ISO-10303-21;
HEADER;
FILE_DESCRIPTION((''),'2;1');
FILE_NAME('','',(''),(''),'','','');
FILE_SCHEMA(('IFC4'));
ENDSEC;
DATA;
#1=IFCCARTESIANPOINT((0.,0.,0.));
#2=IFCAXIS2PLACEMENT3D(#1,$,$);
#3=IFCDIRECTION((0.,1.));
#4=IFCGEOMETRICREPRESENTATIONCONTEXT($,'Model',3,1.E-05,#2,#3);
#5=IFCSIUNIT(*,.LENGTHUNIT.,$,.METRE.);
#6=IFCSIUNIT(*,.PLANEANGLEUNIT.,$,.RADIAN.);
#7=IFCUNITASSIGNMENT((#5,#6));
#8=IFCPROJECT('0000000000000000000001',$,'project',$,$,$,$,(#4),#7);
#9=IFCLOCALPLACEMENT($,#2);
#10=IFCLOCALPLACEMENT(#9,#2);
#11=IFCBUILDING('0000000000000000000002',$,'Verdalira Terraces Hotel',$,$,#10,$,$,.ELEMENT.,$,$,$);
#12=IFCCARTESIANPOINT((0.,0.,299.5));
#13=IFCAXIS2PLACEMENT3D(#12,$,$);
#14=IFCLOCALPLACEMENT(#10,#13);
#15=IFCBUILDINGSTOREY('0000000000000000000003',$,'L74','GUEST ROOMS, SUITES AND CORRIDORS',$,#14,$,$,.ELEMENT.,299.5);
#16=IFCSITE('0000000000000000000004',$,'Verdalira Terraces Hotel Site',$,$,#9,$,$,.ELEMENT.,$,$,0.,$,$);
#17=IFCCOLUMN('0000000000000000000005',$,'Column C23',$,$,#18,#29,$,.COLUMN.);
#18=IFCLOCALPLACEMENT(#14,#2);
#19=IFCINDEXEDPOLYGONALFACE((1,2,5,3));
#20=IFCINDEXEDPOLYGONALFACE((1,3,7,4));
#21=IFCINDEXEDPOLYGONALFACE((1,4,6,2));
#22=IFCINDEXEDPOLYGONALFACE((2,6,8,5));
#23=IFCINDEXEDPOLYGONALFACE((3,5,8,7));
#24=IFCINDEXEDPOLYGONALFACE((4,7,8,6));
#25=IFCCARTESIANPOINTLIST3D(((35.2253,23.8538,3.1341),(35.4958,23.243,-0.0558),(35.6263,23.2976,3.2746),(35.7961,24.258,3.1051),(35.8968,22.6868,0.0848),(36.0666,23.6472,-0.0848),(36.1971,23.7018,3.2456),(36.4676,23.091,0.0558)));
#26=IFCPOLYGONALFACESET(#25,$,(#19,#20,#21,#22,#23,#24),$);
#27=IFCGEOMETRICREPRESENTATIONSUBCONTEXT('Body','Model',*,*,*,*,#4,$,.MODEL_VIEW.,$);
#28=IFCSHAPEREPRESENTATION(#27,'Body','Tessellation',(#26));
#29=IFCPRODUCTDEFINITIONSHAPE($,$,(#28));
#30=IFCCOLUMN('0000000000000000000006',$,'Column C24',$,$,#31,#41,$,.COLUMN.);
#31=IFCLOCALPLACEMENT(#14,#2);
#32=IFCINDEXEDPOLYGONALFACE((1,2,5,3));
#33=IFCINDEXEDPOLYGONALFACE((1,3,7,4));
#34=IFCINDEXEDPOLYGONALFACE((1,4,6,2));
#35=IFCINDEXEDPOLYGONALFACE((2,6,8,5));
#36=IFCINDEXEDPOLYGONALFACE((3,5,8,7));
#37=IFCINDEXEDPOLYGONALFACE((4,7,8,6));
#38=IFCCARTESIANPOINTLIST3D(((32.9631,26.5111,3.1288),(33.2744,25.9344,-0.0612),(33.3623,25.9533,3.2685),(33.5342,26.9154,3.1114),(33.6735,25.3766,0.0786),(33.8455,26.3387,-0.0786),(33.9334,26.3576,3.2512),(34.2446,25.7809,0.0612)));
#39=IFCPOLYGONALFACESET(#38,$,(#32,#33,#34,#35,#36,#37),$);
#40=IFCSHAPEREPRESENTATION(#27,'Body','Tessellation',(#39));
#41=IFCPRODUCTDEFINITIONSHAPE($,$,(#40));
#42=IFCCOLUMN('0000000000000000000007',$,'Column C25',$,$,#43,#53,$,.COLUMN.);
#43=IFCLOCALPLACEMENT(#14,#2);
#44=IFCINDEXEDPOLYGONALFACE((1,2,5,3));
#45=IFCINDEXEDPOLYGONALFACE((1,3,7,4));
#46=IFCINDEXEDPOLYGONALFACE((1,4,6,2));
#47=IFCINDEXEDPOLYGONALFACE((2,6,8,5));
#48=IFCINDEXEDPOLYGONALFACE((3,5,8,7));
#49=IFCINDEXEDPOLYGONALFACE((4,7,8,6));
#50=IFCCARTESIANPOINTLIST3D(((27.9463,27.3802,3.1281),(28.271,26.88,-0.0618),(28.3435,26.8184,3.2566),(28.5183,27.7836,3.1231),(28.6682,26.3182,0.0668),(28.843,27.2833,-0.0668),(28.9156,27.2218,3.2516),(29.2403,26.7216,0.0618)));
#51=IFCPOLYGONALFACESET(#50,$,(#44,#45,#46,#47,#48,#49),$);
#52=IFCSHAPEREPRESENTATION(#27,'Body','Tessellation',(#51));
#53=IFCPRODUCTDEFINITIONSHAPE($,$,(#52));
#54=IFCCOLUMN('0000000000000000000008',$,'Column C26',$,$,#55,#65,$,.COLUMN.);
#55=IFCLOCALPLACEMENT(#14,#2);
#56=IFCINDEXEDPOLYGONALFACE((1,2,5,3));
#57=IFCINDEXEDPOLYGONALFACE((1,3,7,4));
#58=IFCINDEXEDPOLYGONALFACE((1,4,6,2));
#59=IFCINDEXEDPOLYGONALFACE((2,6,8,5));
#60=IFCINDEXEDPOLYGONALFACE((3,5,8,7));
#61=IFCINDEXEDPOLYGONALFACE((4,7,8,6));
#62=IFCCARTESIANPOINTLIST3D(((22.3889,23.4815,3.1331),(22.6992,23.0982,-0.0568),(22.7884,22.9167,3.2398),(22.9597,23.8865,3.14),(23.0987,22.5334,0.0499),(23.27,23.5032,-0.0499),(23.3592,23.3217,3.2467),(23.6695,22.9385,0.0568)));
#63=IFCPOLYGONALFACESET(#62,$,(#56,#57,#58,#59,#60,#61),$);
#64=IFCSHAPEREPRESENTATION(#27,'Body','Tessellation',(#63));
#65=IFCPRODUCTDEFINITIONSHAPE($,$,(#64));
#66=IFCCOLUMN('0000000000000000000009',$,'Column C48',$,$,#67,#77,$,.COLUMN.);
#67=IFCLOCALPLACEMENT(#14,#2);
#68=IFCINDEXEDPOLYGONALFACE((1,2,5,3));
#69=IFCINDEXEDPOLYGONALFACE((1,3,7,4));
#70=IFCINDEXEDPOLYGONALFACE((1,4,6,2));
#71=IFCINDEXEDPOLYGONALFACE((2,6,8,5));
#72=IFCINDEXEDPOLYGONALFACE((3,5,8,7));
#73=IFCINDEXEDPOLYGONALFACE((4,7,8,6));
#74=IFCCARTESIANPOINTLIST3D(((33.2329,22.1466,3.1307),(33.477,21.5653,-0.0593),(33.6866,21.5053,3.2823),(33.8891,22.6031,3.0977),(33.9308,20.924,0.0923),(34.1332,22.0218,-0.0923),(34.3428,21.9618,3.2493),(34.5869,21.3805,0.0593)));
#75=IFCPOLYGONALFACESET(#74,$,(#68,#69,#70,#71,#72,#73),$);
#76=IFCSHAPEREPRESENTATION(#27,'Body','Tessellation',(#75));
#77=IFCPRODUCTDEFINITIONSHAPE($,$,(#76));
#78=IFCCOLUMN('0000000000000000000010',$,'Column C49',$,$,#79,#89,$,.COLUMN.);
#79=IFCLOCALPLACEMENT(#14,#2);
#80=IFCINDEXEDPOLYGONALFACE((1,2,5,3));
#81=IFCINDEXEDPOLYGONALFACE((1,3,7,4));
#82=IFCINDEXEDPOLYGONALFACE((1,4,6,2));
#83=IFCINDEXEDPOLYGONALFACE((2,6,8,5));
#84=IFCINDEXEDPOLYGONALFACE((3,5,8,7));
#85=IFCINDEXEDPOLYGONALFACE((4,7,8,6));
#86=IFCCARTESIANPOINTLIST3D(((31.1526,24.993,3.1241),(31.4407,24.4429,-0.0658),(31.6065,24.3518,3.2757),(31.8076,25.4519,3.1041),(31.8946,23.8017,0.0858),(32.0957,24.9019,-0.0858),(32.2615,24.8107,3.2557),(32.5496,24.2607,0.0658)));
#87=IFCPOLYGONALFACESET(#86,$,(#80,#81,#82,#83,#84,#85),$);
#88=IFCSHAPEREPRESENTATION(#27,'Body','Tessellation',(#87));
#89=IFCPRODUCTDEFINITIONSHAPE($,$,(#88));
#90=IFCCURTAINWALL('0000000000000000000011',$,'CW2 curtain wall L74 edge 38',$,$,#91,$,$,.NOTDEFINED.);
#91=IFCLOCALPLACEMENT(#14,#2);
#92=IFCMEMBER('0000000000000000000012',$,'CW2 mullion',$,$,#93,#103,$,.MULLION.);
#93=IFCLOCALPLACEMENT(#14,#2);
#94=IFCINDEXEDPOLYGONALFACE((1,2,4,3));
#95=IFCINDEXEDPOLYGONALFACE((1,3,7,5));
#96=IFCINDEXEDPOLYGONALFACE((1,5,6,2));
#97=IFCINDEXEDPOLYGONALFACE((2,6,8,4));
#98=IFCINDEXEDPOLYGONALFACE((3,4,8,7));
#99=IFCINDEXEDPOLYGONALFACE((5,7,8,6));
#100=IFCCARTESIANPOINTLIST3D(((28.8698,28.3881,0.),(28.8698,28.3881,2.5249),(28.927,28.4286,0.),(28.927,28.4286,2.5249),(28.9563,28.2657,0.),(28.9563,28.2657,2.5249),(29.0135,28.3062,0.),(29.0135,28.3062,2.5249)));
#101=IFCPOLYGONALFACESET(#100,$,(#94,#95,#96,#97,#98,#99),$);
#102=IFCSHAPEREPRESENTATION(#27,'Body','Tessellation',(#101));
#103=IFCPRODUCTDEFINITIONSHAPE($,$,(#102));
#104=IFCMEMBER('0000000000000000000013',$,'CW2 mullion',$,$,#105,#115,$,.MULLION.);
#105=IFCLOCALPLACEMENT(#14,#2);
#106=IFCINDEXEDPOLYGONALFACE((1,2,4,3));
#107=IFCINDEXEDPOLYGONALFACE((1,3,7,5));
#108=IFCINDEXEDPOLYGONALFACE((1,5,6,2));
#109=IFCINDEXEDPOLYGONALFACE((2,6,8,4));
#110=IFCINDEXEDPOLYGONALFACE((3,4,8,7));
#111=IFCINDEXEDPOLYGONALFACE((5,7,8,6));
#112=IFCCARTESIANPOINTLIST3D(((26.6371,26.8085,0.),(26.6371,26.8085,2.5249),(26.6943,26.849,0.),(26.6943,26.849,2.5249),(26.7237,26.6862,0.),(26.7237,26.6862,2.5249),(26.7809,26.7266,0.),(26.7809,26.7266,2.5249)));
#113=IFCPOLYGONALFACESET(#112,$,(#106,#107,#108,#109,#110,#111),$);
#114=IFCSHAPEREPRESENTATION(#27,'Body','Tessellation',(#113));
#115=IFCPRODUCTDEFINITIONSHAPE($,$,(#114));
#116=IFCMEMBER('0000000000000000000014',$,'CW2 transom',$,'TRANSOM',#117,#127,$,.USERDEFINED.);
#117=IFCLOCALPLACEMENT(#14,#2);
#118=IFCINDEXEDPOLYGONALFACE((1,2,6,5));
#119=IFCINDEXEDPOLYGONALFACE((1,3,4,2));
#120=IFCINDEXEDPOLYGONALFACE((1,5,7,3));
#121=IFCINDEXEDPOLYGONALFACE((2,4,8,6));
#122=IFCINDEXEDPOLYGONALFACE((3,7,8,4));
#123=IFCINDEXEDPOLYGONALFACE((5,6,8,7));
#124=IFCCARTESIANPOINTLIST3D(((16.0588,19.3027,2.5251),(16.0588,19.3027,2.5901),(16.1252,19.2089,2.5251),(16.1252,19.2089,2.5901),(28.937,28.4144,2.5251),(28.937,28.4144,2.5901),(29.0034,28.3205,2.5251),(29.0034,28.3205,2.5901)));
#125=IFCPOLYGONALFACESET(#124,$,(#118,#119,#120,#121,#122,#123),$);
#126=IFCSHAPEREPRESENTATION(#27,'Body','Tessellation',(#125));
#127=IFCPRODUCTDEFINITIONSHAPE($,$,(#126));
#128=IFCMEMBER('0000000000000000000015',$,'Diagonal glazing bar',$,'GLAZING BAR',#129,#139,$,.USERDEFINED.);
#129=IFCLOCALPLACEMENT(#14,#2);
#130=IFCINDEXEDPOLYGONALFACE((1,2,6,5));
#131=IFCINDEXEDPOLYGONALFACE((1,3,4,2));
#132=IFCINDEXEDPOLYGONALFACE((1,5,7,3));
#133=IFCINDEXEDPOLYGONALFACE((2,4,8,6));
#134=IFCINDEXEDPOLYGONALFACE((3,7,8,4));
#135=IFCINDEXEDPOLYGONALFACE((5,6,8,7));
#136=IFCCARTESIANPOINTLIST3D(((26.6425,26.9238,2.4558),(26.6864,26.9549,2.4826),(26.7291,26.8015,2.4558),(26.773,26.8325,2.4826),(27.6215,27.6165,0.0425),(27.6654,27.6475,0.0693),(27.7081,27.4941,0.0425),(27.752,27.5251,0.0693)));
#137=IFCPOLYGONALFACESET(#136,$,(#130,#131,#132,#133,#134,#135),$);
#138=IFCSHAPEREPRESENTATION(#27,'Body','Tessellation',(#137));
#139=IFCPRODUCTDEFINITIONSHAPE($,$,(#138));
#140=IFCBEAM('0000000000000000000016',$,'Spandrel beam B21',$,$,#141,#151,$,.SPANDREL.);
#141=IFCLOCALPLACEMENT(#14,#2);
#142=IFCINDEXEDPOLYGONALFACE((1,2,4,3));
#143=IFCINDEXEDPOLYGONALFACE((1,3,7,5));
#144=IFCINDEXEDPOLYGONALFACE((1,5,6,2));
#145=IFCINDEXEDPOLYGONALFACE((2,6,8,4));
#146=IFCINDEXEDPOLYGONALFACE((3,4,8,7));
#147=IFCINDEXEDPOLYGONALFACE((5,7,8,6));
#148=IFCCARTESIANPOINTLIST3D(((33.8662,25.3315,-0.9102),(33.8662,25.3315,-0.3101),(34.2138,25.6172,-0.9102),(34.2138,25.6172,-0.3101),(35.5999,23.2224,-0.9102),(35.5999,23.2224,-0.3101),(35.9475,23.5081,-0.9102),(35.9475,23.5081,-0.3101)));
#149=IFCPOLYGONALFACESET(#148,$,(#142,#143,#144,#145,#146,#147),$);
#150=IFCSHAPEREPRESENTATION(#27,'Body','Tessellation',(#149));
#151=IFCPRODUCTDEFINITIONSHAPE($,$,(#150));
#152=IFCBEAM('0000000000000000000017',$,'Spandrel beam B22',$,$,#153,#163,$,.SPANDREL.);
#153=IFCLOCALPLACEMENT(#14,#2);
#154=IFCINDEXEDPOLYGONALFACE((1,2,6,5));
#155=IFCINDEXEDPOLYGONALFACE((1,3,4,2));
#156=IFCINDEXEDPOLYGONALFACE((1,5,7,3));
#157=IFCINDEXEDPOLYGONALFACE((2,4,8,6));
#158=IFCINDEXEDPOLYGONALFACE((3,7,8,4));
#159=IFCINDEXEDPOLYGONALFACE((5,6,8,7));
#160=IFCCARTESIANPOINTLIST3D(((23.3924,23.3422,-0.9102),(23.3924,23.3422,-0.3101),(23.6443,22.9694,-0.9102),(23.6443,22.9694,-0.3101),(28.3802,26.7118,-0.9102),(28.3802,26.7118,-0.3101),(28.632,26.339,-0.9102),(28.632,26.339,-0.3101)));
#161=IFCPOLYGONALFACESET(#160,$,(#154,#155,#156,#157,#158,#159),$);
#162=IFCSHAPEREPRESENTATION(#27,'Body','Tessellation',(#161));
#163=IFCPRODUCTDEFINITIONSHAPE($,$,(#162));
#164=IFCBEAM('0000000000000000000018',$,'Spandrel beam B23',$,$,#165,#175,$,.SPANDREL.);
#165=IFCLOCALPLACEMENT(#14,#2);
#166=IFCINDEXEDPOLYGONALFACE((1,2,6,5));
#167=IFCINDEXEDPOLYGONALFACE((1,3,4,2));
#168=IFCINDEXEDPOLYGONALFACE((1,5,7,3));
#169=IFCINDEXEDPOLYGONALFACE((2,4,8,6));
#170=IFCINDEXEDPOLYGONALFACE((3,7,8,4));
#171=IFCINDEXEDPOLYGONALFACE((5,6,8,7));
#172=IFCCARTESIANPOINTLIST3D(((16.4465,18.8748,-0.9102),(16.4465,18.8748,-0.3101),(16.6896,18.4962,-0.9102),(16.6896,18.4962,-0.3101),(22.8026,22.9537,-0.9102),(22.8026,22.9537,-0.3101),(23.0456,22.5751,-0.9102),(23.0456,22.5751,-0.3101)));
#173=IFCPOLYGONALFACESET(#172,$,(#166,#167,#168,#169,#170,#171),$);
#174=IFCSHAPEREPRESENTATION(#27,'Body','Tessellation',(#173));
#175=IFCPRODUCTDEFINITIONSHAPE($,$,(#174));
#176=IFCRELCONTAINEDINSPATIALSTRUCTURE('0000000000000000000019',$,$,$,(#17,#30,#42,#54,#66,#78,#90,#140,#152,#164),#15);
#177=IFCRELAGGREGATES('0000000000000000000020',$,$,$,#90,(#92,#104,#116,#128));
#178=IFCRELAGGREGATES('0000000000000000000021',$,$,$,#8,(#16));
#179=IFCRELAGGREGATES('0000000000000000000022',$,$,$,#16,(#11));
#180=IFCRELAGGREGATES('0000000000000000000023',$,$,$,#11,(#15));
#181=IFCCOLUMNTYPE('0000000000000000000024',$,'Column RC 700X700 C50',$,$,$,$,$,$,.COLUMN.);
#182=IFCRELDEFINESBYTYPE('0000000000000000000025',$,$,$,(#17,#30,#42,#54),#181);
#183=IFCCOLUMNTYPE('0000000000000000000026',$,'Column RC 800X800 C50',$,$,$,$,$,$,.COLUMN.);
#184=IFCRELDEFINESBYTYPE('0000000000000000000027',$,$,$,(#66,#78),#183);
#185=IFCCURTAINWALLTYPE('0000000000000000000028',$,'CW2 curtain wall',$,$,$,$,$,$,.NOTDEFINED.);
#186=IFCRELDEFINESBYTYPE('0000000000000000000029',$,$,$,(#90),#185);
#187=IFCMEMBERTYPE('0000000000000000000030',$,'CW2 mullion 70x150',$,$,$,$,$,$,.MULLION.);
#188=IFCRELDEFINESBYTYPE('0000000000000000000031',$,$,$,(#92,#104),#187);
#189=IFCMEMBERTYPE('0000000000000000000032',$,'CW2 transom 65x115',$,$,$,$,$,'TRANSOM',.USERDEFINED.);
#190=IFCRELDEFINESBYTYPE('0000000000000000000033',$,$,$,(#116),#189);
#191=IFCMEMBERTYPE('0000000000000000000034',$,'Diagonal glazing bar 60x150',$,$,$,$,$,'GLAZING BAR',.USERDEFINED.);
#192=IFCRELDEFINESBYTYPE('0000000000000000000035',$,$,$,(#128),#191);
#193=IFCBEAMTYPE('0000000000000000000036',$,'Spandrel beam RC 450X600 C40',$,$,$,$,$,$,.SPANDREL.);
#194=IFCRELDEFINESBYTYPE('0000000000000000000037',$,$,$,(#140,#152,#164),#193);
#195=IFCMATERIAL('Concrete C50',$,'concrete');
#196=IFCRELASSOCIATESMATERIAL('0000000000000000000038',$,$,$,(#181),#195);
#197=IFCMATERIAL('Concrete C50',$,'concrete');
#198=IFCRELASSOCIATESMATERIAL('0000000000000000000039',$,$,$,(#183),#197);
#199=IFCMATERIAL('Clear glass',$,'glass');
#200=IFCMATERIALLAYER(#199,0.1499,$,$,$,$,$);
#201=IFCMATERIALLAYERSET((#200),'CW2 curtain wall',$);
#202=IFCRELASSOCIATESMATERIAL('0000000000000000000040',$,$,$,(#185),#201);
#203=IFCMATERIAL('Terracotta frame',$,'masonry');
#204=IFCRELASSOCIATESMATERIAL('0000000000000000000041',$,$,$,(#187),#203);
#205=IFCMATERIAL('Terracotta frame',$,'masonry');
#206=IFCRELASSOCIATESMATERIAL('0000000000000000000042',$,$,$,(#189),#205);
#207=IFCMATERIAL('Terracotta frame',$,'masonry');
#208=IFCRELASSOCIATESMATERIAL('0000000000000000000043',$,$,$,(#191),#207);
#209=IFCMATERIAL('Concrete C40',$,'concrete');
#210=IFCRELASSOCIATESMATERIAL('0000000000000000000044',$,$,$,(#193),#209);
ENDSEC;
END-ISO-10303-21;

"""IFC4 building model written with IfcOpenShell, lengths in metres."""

from ifc_helpers import new_model, si_unit, direction, frame, origin, origin_2d, place, context, subcontext, project, spatial, rectangle, extrude, material, layer, layer_set, material_profile, profile_set, type_object, element, aggregate, save


model = new_model("IFC4")

# Units and contexts
model_context = context("Model", 3, precision=1e-05, world=origin(), true_north=direction((0.0, 1.0)))
body_context = subcontext(model_context, "Body", "Model", "MODEL_VIEW")
ifc_project = project(units=[si_unit("LENGTHUNIT", "METRE"), si_unit("PLANEANGLEUNIT", "RADIAN")], contexts=[model_context])

# Site, building, storey
site_placement = place(None, origin())
site = spatial("IfcSite", under=ifc_project, at=site_placement, Name="Verdalira Terraces Hotel Site", CompositionType="ELEMENT", RefElevation=0.0)
building_placement = place(site_placement, origin())
building = spatial("IfcBuilding", under=site, at=building_placement, Name="Verdalira Terraces Hotel", CompositionType="ELEMENT")
storey_placement = place(building_placement, frame((0.0, 0.0, 299.5)))
storey = spatial("IfcBuildingStorey", under=building, at=storey_placement, Name="L74", Description="GUEST ROOMS, SUITES AND CORRIDORS", CompositionType="ELEMENT", Elevation=299.5)

# Columns
ifc_material_1 = material(Name="Concrete C50", Category="concrete")
ifc_material_profile_1 = material_profile(ifc_material_1, rectangle(XDim=0.7, YDim=0.7, at=origin_2d()), Name="RC 700X700")
ifc_profile_set_1 = profile_set([ifc_material_profile_1], Name="Concrete C50")
column_type_1 = type_object("IfcColumnType", Name="Column RC 700X700 C50", PredefinedType="COLUMN", material=ifc_profile_set_1)
column_1_placement = place(storey_placement, frame((35.9817, 23.167, 0.0), z_axis=(-0.083, 0.187423, 0.978766), x_axis=(-0.572907, 0.794655, -0.200751)))
element("IfcColumn", 1, at=column_1_placement, inside=storey, type_object=column_type_1, Name="Column C23", PredefinedType="COLUMN", context=body_context, shape_type="SweptSolid", body=[
    extrude(rectangle(XDim=0.7, YDim=0.7, at=origin_2d()), origin(), (0.0, 0.0, 1.0), 3.259),
])
column_2_placement = place(storey_placement, frame((33.7595, 25.8577, 0.0), z_axis=(-0.095585, 0.177077, 0.979544), x_axis=(-0.570219, 0.796852, -0.199693)))
element("IfcColumn", 2, at=column_2_placement, inside=storey, type_object=column_type_1, Name="Column C24", PredefinedType="COLUMN", context=body_context, shape_type="SweptSolid", body=[
    extrude(rectangle(XDim=0.7, YDim=0.7, at=origin_2d()), origin(), (0.0, 0.0, 1.0), 3.2566),
])
column_3_placement = place(storey_placement, frame((28.7556, 26.8008, 0.0), z_axis=(-0.100057, 0.154148, 0.982968), x_axis=(-0.817232, -0.576264, 0.007183)))
element("IfcColumn", 3, at=column_3_placement, inside=storey, type_object=column_type_1, Name="Column C25", PredefinedType="COLUMN", context=body_context, shape_type="SweptSolid", body=[
    extrude(rectangle(XDim=0.7, YDim=0.7, at=origin_2d()), origin(), (0.0, 0.0, 1.0), 3.2451),
])
column_4_placement = place(storey_placement, frame((23.1843, 23.0183, 0.0), z_axis=(-0.096133, 0.118748, 0.98826), x_axis=(-0.815495, -0.578681, -0.009794)))
element("IfcColumn", 4, at=column_4_placement, inside=storey, type_object=column_type_1, Name="Column C26", PredefinedType="COLUMN", context=body_context, shape_type="SweptSolid", body=[
    extrude(rectangle(XDim=0.7, YDim=0.7, at=origin_2d()), origin(), (0.0, 0.0, 1.0), 3.2278),
])
ifc_material_2 = material(Name="Concrete C50", Category="concrete")
ifc_material_profile_2 = material_profile(ifc_material_2, rectangle(XDim=0.8, YDim=0.8, at=origin_2d()), Name="RC 800X800")
ifc_profile_set_2 = profile_set([ifc_material_profile_2], Name="Concrete C50")
column_type_2 = type_object("IfcColumnType", Name="Column RC 800X800 C50", PredefinedType="COLUMN", material=ifc_profile_set_2)
column_5_placement = place(storey_placement, frame((34.032, 21.4729, 0.0), z_axis=(-0.075082, 0.17877, 0.981022), x_axis=(0.820186, 0.570611, -0.041209)))
element("IfcColumn", 5, at=column_5_placement, inside=storey, type_object=column_type_2, Name="Column C48", PredefinedType="COLUMN", context=body_context, shape_type="SweptSolid", body=[
    extrude(rectangle(XDim=0.8, YDim=0.8, at=origin_2d()), origin(), (0.0, 0.0, 1.0), 3.2517),
])
column_6_placement = place(storey_placement, frame((31.9951, 24.3518, 0.0), z_axis=(-0.088647, 0.169256, 0.981577), x_axis=(0.818715, 0.573657, -0.024978)))
element("IfcColumn", 6, at=column_6_placement, inside=storey, type_object=column_type_2, Name="Column C49", PredefinedType="COLUMN", context=body_context, shape_type="SweptSolid", body=[
    extrude(rectangle(XDim=0.8, YDim=0.8, at=origin_2d()), origin(), (0.0, 0.0, 1.0), 3.2498),
])

# Curtain wall, members
ifc_material_3 = material(Name="Clear glass", Category="glass")
ifc_layer_1 = layer(ifc_material_3, 0.1499)
ifc_layer_set_1 = layer_set([ifc_layer_1], Name="CW2 curtain wall")
curtain_wall_type = type_object("IfcCurtainWallType", Name="CW2 curtain wall", PredefinedType="NOTDEFINED", material=ifc_layer_set_1)
curtain_wall_placement = place(storey_placement, origin())
curtain_wall = element("IfcCurtainWall", 7, at=curtain_wall_placement, inside=storey, type_object=curtain_wall_type, Name="CW2 curtain wall L74 edge 38", PredefinedType="NOTDEFINED")
ifc_material_4 = material(Name="Terracotta frame", Category="masonry")
ifc_material_profile_3 = material_profile(ifc_material_4, rectangle(XDim=0.0701, YDim=0.1499, at=origin_2d()), Name="MU 70x150")
ifc_profile_set_3 = profile_set([ifc_material_profile_3], Name="Terracotta frame")
member_type_1 = type_object("IfcMemberType", Name="CW2 mullion 70x150", PredefinedType="MULLION", material=ifc_profile_set_3)
member_1_placement = place(storey_placement, frame((28.9416, 28.3472, 0.0), z_axis=(0.0, 0.0, 1.0), x_axis=(-0.816339, -0.577573, 0.0)))
member_1 = element("IfcMember", 8, at=member_1_placement, type_object=member_type_1, Name="CW2 mullion", PredefinedType="MULLION", context=body_context, shape_type="SweptSolid", body=[
    extrude(rectangle(XDim=0.0701, YDim=0.1499, at=origin_2d()), origin(), (0.0, 0.0, 1.0), 2.5249),
])
member_2_placement = place(storey_placement, frame((26.709, 26.7676, 0.0), z_axis=(0.0, 0.0, 1.0), x_axis=(-0.816339, -0.577573, 0.0)))
member_2 = element("IfcMember", 9, at=member_2_placement, type_object=member_type_1, Name="CW2 mullion", PredefinedType="MULLION", context=body_context, shape_type="SweptSolid", body=[
    extrude(rectangle(XDim=0.0701, YDim=0.1499, at=origin_2d()), origin(), (0.0, 0.0, 1.0), 2.5249),
])
ifc_material_5 = material(Name="Terracotta frame", Category="masonry")
ifc_material_profile_4 = material_profile(ifc_material_5, rectangle(XDim=0.115, YDim=0.0649, at=origin_2d()), Name="TR 65x115")
ifc_profile_set_4 = profile_set([ifc_material_profile_4], Name="Terracotta frame")
member_type_2 = type_object("IfcMemberType", Name="CW2 transom 65x115", ElementType="TRANSOM", PredefinedType="USERDEFINED", material=ifc_profile_set_4)
member_3_placement = place(storey_placement, frame((28.9702, 28.3674, 2.5576), z_axis=(-0.816337, -0.577575, 0.0), x_axis=(0.577575, -0.816337, 0.0)))
member_3 = element("IfcMember", 10, at=member_3_placement, type_object=member_type_2, Name="CW2 transom", ObjectType="TRANSOM", PredefinedType="USERDEFINED", context=body_context, shape_type="SweptSolid", body=[
    extrude(rectangle(XDim=0.115, YDim=0.0649, at=origin_2d()), origin(), (0.0, 0.0, 1.0), 15.7756),
])
ifc_material_6 = material(Name="Terracotta frame", Category="masonry")
ifc_material_profile_5 = material_profile(ifc_material_6, rectangle(XDim=0.1499, YDim=0.0601, at=origin_2d()), Name="GB 60x150")
ifc_profile_set_5 = profile_set([ifc_material_profile_5], Name="Terracotta frame")
member_type_3 = type_object("IfcMemberType", Name="Diagonal glazing bar 60x150", ElementType="GLAZING BAR", PredefinedType="USERDEFINED", material=ifc_profile_set_5)
member_4_placement = place(storey_placement, frame((27.6868, 27.5708, 0.0559), z_axis=(-0.363284, -0.257017, 0.895526), x_axis=(0.577554, -0.816352, 0.0)))
member_4 = element("IfcMember", 11, at=member_4_placement, type_object=member_type_3, Name="Diagonal glazing bar", ObjectType="GLAZING BAR", PredefinedType="USERDEFINED", context=body_context, shape_type="SweptSolid", body=[
    extrude(rectangle(XDim=0.1499, YDim=0.0601, at=origin_2d()), origin(), (0.0, 0.0, 1.0), 2.6948),
])

# Beams
ifc_material_7 = material(Name="Concrete C40", Category="concrete")
ifc_material_profile_6 = material_profile(ifc_material_7, rectangle(XDim=0.45, YDim=0.6001, at=origin_2d()), Name="RC 450X600")
ifc_profile_set_6 = profile_set([ifc_material_profile_6], Name="Concrete C40")
beam_type = type_object("IfcBeamType", Name="Spandrel beam RC 450X600 C40", PredefinedType="SPANDREL", material=ifc_profile_set_6)
beam_1_placement = place(storey_placement, frame((35.7737, 23.3652, -0.6101), z_axis=(-0.634989, 0.772521, 0.0), x_axis=(-0.772521, -0.634989, 0.0)))
element("IfcBeam", 12, at=beam_1_placement, inside=storey, type_object=beam_type, Name="Spandrel beam B21", PredefinedType="SPANDREL", context=body_context, shape_type="SweptSolid", body=[
    extrude(rectangle(XDim=0.45, YDim=0.6001, at=origin_2d()), origin(), (0.0, 0.0, 1.0), 2.7302),
])
beam_2_placement = place(storey_placement, frame((28.5061, 26.5254, -0.6101), z_axis=(-0.828628, -0.5598, 0.0), x_axis=(0.5598, -0.828628, 0.0)))
element("IfcBeam", 13, at=beam_2_placement, inside=storey, type_object=beam_type, Name="Spandrel beam B22", PredefinedType="SPANDREL", context=body_context, shape_type="SweptSolid", body=[
    extrude(rectangle(XDim=0.45, YDim=0.6001, at=origin_2d()), origin(), (0.0, 0.0, 1.0), 6.0193),
])
beam_3_placement = place(storey_placement, frame((22.9241, 22.7644, -0.6101), z_axis=(-0.841607, -0.540091, 0.0), x_axis=(0.540091, -0.841607, 0.0)))
element("IfcBeam", 14, at=beam_3_placement, inside=storey, type_object=beam_type, Name="Spandrel beam B23", PredefinedType="SPANDREL", context=body_context, shape_type="SweptSolid", body=[
    extrude(rectangle(XDim=0.45, YDim=0.6001, at=origin_2d()), origin(), (0.0, 0.0, 1.0), 7.5522),
])

aggregate(curtain_wall, [member_1, member_2, member_3, member_4])

save(model, "model.ifc")
